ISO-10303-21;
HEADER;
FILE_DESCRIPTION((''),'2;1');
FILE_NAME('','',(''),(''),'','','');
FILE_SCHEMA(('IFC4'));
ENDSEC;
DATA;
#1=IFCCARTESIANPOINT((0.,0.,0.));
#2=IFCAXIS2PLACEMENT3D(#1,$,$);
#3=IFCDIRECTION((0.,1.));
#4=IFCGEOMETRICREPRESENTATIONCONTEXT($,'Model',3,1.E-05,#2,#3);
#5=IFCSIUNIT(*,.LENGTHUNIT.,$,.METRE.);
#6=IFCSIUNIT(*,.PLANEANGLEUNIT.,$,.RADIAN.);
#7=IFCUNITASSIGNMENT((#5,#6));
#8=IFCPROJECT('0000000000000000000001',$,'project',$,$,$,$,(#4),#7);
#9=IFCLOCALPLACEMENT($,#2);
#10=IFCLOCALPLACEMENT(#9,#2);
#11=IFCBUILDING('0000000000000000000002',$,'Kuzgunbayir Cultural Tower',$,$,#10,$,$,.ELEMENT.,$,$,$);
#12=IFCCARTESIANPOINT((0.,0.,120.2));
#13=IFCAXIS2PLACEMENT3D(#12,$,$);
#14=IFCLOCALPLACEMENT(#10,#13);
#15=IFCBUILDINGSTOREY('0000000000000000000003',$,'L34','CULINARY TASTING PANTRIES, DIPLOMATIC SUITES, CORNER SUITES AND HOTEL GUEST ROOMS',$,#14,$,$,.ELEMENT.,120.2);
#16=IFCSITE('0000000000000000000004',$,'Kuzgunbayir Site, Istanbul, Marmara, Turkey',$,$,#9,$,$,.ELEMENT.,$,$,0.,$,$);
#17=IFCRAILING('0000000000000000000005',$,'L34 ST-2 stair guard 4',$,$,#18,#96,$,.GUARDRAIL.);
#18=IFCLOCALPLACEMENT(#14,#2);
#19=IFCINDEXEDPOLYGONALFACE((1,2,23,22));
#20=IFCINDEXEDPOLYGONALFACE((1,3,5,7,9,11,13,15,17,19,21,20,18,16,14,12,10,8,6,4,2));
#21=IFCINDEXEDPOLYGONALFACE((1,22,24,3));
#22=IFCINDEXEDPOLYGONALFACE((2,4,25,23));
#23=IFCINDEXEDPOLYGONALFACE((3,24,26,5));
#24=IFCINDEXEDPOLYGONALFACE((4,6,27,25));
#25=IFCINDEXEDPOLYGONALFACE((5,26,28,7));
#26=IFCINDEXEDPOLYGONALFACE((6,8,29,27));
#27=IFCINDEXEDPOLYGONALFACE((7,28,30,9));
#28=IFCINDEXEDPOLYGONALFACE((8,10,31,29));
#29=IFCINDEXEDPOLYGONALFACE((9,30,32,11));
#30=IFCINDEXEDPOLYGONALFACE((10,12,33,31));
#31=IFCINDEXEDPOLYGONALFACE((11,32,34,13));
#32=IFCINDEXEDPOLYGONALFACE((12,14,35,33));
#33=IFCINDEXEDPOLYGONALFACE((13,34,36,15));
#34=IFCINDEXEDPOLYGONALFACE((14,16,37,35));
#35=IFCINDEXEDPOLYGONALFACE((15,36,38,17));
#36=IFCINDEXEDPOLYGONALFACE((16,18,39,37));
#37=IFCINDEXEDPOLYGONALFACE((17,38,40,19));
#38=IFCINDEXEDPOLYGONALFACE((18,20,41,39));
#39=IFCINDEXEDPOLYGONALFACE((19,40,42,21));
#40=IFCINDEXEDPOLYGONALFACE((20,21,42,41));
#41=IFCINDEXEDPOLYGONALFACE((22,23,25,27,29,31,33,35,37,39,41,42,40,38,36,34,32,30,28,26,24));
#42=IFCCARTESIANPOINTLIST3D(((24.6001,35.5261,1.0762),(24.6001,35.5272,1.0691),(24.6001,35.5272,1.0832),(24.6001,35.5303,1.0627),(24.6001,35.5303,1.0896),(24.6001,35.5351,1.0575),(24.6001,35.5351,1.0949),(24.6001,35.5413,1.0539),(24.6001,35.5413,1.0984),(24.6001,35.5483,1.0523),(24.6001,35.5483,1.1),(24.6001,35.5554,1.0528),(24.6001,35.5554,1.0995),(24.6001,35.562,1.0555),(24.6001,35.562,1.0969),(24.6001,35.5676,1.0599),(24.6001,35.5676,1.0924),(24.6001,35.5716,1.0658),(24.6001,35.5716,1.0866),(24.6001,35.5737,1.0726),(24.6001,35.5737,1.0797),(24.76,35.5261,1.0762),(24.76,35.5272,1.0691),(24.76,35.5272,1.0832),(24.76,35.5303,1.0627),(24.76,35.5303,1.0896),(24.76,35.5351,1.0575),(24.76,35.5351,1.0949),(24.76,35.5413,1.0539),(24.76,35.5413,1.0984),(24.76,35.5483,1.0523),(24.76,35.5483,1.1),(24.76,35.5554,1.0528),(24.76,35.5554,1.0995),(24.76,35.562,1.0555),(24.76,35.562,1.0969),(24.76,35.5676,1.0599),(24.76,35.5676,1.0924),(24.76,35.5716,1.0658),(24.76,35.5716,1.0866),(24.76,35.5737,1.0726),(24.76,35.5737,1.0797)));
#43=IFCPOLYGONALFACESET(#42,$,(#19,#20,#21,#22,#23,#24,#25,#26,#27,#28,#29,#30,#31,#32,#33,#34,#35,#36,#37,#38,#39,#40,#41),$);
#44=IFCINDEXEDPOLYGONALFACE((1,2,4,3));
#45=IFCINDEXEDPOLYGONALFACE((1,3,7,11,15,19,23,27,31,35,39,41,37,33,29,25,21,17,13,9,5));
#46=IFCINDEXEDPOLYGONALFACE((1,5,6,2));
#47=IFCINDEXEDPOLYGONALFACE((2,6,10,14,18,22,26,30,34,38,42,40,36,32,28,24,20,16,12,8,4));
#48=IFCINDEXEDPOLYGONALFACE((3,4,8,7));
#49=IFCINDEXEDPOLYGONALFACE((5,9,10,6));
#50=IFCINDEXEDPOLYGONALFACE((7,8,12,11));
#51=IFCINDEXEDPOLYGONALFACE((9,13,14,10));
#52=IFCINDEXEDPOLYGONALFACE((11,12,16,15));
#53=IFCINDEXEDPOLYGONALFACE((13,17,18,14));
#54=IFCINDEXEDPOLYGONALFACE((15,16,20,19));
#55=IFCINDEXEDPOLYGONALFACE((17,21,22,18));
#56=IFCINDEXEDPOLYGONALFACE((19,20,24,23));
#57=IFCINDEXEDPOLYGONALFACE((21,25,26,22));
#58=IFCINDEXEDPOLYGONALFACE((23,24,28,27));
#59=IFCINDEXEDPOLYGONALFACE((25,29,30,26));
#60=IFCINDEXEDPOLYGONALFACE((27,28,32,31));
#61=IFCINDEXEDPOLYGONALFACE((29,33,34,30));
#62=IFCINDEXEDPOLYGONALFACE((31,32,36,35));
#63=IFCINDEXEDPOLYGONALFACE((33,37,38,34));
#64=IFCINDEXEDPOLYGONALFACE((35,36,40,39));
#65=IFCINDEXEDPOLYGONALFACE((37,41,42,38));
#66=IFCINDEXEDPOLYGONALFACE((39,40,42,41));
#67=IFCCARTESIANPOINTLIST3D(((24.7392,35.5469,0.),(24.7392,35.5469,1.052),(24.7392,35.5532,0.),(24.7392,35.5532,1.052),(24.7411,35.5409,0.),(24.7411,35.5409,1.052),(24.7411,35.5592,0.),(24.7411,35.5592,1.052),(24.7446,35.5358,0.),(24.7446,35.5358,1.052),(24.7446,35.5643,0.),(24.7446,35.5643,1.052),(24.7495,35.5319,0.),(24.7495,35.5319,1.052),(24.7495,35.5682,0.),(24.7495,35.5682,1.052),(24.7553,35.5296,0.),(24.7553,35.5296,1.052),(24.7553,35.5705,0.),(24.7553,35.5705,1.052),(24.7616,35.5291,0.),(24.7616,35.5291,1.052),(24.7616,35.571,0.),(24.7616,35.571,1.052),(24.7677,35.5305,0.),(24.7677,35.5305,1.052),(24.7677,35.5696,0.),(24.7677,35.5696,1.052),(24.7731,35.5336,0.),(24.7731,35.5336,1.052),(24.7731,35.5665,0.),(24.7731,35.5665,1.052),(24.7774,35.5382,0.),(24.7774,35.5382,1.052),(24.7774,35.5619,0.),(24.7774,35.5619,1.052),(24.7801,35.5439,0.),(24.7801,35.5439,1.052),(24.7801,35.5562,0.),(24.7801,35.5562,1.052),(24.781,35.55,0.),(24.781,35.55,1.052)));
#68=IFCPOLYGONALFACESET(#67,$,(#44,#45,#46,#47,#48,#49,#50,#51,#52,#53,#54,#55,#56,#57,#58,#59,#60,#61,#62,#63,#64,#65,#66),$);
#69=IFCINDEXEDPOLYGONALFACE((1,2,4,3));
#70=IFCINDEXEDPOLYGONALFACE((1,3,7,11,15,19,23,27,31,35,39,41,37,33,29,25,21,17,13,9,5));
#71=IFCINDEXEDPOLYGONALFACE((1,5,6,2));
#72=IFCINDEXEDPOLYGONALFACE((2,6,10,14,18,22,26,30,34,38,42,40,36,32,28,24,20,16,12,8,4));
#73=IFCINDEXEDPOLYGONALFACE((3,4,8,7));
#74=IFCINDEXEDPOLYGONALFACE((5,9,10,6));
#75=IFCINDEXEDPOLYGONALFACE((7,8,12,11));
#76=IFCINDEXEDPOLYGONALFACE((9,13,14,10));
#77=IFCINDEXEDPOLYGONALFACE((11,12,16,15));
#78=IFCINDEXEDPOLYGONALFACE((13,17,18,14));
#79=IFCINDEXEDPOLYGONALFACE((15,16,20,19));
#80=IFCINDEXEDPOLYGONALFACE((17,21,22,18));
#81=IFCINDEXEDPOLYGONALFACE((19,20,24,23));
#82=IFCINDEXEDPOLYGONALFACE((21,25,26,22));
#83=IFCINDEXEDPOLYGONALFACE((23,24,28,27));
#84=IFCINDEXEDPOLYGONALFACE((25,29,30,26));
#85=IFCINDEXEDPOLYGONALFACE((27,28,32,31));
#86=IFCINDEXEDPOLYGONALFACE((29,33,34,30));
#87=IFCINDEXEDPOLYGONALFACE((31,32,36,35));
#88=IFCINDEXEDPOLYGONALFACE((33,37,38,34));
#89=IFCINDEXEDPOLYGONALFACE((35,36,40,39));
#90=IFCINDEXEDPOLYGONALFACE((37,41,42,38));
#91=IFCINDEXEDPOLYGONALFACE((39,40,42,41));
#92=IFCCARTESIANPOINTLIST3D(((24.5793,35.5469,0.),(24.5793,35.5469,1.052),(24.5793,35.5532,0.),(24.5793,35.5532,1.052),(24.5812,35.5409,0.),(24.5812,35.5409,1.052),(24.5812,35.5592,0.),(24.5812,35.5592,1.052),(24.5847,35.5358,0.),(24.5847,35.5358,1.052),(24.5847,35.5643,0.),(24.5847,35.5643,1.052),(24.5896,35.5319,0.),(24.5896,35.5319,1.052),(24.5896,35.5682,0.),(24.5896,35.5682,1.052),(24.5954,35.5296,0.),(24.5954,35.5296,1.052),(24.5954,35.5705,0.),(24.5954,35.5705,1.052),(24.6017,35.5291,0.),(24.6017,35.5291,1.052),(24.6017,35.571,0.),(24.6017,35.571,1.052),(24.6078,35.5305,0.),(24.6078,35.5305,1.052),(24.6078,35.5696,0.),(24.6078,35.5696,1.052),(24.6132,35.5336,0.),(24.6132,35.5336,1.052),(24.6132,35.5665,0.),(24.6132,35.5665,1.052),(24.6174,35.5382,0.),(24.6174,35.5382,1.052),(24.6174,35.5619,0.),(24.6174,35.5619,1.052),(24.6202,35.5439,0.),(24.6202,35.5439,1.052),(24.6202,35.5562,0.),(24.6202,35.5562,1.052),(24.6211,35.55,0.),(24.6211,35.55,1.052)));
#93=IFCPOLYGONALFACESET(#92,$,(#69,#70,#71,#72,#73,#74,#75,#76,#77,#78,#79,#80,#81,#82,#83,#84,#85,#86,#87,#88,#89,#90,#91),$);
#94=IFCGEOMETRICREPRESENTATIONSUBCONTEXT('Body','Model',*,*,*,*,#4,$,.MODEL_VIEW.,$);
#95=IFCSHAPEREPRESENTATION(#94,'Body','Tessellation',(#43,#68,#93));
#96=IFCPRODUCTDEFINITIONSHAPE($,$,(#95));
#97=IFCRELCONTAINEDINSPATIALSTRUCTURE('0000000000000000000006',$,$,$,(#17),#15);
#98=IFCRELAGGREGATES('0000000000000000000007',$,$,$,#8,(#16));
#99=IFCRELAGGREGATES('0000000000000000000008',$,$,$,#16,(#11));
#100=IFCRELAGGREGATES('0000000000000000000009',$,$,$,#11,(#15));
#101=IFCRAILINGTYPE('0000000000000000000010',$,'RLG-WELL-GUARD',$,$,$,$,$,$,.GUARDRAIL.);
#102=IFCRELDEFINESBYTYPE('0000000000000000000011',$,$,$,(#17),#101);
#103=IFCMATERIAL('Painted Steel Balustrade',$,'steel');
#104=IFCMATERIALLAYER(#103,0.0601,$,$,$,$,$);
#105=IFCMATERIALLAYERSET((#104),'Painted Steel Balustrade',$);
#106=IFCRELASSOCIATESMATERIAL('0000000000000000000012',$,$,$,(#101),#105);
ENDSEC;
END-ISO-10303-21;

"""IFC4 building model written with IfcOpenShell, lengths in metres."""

from ifc_helpers import new_model, si_unit, direction, frame, origin, origin_2d, place, context, subcontext, project, spatial, circle, extrude, material, layer, layer_set, type_object, element, save


model = new_model("IFC4")

# Units and contexts
model_context = context("Model", 3, precision=1e-05, world=origin(), true_north=direction((0.0, 1.0)))
body_context = subcontext(model_context, "Body", "Model", "MODEL_VIEW")
ifc_project = project(units=[si_unit("LENGTHUNIT", "METRE"), si_unit("PLANEANGLEUNIT", "RADIAN")], contexts=[model_context])

# Site, building, storey
site_placement = place(None, origin())
site = spatial("IfcSite", under=ifc_project, at=site_placement, Name="Kuzgunbayir Site, Istanbul, Marmara, Turkey", CompositionType="ELEMENT", RefElevation=0.0)
building_placement = place(site_placement, origin())
building = spatial("IfcBuilding", under=site, at=building_placement, Name="Kuzgunbayir Cultural Tower", CompositionType="ELEMENT")
storey_placement = place(building_placement, frame((0.0, 0.0, 120.2)))
storey = spatial("IfcBuildingStorey", under=building, at=storey_placement, Name="L34", Description="CULINARY TASTING PANTRIES, DIPLOMATIC SUITES, CORNER SUITES AND HOTEL GUEST ROOMS", CompositionType="ELEMENT", Elevation=120.2)

# Railing
ifc_material_1 = material(Name="Painted Steel Balustrade", Category="steel")
ifc_layer_1 = layer(ifc_material_1, 0.0601)
ifc_layer_set_1 = layer_set([ifc_layer_1], Name="Painted Steel Balustrade")
railing_type_1 = type_object("IfcRailingType", Name="RLG-WELL-GUARD", PredefinedType="GUARDRAIL", material=ifc_layer_set_1)
railing_1_placement = place(storey_placement, frame((24.76, 35.55, 0.0)))
element("IfcRailing", 1, at=railing_1_placement, inside=storey, type_object=railing_type_1, Name="L34 ST-2 stair guard 4", PredefinedType="GUARDRAIL", context=body_context, shape_type="SweptSolid", body=[
    extrude(circle(Radius=0.0239, at=origin_2d()), frame((0.0, 0.0, 1.0762), z_axis=(-1.0, 0.0, 0.0), x_axis=(0.0, -1.0, 0.0)), (0.0, 0.0, 1.0), 0.1599),
    extrude(circle(Radius=0.021, at=origin_2d()), origin(), (0.0, 0.0, 1.0), 1.052),
    extrude(circle(Radius=0.021, at=origin_2d()), frame((-0.1599, 0.0, 0.0)), (0.0, 0.0, 1.0), 1.052),
])

save(model, "model.ifc")
